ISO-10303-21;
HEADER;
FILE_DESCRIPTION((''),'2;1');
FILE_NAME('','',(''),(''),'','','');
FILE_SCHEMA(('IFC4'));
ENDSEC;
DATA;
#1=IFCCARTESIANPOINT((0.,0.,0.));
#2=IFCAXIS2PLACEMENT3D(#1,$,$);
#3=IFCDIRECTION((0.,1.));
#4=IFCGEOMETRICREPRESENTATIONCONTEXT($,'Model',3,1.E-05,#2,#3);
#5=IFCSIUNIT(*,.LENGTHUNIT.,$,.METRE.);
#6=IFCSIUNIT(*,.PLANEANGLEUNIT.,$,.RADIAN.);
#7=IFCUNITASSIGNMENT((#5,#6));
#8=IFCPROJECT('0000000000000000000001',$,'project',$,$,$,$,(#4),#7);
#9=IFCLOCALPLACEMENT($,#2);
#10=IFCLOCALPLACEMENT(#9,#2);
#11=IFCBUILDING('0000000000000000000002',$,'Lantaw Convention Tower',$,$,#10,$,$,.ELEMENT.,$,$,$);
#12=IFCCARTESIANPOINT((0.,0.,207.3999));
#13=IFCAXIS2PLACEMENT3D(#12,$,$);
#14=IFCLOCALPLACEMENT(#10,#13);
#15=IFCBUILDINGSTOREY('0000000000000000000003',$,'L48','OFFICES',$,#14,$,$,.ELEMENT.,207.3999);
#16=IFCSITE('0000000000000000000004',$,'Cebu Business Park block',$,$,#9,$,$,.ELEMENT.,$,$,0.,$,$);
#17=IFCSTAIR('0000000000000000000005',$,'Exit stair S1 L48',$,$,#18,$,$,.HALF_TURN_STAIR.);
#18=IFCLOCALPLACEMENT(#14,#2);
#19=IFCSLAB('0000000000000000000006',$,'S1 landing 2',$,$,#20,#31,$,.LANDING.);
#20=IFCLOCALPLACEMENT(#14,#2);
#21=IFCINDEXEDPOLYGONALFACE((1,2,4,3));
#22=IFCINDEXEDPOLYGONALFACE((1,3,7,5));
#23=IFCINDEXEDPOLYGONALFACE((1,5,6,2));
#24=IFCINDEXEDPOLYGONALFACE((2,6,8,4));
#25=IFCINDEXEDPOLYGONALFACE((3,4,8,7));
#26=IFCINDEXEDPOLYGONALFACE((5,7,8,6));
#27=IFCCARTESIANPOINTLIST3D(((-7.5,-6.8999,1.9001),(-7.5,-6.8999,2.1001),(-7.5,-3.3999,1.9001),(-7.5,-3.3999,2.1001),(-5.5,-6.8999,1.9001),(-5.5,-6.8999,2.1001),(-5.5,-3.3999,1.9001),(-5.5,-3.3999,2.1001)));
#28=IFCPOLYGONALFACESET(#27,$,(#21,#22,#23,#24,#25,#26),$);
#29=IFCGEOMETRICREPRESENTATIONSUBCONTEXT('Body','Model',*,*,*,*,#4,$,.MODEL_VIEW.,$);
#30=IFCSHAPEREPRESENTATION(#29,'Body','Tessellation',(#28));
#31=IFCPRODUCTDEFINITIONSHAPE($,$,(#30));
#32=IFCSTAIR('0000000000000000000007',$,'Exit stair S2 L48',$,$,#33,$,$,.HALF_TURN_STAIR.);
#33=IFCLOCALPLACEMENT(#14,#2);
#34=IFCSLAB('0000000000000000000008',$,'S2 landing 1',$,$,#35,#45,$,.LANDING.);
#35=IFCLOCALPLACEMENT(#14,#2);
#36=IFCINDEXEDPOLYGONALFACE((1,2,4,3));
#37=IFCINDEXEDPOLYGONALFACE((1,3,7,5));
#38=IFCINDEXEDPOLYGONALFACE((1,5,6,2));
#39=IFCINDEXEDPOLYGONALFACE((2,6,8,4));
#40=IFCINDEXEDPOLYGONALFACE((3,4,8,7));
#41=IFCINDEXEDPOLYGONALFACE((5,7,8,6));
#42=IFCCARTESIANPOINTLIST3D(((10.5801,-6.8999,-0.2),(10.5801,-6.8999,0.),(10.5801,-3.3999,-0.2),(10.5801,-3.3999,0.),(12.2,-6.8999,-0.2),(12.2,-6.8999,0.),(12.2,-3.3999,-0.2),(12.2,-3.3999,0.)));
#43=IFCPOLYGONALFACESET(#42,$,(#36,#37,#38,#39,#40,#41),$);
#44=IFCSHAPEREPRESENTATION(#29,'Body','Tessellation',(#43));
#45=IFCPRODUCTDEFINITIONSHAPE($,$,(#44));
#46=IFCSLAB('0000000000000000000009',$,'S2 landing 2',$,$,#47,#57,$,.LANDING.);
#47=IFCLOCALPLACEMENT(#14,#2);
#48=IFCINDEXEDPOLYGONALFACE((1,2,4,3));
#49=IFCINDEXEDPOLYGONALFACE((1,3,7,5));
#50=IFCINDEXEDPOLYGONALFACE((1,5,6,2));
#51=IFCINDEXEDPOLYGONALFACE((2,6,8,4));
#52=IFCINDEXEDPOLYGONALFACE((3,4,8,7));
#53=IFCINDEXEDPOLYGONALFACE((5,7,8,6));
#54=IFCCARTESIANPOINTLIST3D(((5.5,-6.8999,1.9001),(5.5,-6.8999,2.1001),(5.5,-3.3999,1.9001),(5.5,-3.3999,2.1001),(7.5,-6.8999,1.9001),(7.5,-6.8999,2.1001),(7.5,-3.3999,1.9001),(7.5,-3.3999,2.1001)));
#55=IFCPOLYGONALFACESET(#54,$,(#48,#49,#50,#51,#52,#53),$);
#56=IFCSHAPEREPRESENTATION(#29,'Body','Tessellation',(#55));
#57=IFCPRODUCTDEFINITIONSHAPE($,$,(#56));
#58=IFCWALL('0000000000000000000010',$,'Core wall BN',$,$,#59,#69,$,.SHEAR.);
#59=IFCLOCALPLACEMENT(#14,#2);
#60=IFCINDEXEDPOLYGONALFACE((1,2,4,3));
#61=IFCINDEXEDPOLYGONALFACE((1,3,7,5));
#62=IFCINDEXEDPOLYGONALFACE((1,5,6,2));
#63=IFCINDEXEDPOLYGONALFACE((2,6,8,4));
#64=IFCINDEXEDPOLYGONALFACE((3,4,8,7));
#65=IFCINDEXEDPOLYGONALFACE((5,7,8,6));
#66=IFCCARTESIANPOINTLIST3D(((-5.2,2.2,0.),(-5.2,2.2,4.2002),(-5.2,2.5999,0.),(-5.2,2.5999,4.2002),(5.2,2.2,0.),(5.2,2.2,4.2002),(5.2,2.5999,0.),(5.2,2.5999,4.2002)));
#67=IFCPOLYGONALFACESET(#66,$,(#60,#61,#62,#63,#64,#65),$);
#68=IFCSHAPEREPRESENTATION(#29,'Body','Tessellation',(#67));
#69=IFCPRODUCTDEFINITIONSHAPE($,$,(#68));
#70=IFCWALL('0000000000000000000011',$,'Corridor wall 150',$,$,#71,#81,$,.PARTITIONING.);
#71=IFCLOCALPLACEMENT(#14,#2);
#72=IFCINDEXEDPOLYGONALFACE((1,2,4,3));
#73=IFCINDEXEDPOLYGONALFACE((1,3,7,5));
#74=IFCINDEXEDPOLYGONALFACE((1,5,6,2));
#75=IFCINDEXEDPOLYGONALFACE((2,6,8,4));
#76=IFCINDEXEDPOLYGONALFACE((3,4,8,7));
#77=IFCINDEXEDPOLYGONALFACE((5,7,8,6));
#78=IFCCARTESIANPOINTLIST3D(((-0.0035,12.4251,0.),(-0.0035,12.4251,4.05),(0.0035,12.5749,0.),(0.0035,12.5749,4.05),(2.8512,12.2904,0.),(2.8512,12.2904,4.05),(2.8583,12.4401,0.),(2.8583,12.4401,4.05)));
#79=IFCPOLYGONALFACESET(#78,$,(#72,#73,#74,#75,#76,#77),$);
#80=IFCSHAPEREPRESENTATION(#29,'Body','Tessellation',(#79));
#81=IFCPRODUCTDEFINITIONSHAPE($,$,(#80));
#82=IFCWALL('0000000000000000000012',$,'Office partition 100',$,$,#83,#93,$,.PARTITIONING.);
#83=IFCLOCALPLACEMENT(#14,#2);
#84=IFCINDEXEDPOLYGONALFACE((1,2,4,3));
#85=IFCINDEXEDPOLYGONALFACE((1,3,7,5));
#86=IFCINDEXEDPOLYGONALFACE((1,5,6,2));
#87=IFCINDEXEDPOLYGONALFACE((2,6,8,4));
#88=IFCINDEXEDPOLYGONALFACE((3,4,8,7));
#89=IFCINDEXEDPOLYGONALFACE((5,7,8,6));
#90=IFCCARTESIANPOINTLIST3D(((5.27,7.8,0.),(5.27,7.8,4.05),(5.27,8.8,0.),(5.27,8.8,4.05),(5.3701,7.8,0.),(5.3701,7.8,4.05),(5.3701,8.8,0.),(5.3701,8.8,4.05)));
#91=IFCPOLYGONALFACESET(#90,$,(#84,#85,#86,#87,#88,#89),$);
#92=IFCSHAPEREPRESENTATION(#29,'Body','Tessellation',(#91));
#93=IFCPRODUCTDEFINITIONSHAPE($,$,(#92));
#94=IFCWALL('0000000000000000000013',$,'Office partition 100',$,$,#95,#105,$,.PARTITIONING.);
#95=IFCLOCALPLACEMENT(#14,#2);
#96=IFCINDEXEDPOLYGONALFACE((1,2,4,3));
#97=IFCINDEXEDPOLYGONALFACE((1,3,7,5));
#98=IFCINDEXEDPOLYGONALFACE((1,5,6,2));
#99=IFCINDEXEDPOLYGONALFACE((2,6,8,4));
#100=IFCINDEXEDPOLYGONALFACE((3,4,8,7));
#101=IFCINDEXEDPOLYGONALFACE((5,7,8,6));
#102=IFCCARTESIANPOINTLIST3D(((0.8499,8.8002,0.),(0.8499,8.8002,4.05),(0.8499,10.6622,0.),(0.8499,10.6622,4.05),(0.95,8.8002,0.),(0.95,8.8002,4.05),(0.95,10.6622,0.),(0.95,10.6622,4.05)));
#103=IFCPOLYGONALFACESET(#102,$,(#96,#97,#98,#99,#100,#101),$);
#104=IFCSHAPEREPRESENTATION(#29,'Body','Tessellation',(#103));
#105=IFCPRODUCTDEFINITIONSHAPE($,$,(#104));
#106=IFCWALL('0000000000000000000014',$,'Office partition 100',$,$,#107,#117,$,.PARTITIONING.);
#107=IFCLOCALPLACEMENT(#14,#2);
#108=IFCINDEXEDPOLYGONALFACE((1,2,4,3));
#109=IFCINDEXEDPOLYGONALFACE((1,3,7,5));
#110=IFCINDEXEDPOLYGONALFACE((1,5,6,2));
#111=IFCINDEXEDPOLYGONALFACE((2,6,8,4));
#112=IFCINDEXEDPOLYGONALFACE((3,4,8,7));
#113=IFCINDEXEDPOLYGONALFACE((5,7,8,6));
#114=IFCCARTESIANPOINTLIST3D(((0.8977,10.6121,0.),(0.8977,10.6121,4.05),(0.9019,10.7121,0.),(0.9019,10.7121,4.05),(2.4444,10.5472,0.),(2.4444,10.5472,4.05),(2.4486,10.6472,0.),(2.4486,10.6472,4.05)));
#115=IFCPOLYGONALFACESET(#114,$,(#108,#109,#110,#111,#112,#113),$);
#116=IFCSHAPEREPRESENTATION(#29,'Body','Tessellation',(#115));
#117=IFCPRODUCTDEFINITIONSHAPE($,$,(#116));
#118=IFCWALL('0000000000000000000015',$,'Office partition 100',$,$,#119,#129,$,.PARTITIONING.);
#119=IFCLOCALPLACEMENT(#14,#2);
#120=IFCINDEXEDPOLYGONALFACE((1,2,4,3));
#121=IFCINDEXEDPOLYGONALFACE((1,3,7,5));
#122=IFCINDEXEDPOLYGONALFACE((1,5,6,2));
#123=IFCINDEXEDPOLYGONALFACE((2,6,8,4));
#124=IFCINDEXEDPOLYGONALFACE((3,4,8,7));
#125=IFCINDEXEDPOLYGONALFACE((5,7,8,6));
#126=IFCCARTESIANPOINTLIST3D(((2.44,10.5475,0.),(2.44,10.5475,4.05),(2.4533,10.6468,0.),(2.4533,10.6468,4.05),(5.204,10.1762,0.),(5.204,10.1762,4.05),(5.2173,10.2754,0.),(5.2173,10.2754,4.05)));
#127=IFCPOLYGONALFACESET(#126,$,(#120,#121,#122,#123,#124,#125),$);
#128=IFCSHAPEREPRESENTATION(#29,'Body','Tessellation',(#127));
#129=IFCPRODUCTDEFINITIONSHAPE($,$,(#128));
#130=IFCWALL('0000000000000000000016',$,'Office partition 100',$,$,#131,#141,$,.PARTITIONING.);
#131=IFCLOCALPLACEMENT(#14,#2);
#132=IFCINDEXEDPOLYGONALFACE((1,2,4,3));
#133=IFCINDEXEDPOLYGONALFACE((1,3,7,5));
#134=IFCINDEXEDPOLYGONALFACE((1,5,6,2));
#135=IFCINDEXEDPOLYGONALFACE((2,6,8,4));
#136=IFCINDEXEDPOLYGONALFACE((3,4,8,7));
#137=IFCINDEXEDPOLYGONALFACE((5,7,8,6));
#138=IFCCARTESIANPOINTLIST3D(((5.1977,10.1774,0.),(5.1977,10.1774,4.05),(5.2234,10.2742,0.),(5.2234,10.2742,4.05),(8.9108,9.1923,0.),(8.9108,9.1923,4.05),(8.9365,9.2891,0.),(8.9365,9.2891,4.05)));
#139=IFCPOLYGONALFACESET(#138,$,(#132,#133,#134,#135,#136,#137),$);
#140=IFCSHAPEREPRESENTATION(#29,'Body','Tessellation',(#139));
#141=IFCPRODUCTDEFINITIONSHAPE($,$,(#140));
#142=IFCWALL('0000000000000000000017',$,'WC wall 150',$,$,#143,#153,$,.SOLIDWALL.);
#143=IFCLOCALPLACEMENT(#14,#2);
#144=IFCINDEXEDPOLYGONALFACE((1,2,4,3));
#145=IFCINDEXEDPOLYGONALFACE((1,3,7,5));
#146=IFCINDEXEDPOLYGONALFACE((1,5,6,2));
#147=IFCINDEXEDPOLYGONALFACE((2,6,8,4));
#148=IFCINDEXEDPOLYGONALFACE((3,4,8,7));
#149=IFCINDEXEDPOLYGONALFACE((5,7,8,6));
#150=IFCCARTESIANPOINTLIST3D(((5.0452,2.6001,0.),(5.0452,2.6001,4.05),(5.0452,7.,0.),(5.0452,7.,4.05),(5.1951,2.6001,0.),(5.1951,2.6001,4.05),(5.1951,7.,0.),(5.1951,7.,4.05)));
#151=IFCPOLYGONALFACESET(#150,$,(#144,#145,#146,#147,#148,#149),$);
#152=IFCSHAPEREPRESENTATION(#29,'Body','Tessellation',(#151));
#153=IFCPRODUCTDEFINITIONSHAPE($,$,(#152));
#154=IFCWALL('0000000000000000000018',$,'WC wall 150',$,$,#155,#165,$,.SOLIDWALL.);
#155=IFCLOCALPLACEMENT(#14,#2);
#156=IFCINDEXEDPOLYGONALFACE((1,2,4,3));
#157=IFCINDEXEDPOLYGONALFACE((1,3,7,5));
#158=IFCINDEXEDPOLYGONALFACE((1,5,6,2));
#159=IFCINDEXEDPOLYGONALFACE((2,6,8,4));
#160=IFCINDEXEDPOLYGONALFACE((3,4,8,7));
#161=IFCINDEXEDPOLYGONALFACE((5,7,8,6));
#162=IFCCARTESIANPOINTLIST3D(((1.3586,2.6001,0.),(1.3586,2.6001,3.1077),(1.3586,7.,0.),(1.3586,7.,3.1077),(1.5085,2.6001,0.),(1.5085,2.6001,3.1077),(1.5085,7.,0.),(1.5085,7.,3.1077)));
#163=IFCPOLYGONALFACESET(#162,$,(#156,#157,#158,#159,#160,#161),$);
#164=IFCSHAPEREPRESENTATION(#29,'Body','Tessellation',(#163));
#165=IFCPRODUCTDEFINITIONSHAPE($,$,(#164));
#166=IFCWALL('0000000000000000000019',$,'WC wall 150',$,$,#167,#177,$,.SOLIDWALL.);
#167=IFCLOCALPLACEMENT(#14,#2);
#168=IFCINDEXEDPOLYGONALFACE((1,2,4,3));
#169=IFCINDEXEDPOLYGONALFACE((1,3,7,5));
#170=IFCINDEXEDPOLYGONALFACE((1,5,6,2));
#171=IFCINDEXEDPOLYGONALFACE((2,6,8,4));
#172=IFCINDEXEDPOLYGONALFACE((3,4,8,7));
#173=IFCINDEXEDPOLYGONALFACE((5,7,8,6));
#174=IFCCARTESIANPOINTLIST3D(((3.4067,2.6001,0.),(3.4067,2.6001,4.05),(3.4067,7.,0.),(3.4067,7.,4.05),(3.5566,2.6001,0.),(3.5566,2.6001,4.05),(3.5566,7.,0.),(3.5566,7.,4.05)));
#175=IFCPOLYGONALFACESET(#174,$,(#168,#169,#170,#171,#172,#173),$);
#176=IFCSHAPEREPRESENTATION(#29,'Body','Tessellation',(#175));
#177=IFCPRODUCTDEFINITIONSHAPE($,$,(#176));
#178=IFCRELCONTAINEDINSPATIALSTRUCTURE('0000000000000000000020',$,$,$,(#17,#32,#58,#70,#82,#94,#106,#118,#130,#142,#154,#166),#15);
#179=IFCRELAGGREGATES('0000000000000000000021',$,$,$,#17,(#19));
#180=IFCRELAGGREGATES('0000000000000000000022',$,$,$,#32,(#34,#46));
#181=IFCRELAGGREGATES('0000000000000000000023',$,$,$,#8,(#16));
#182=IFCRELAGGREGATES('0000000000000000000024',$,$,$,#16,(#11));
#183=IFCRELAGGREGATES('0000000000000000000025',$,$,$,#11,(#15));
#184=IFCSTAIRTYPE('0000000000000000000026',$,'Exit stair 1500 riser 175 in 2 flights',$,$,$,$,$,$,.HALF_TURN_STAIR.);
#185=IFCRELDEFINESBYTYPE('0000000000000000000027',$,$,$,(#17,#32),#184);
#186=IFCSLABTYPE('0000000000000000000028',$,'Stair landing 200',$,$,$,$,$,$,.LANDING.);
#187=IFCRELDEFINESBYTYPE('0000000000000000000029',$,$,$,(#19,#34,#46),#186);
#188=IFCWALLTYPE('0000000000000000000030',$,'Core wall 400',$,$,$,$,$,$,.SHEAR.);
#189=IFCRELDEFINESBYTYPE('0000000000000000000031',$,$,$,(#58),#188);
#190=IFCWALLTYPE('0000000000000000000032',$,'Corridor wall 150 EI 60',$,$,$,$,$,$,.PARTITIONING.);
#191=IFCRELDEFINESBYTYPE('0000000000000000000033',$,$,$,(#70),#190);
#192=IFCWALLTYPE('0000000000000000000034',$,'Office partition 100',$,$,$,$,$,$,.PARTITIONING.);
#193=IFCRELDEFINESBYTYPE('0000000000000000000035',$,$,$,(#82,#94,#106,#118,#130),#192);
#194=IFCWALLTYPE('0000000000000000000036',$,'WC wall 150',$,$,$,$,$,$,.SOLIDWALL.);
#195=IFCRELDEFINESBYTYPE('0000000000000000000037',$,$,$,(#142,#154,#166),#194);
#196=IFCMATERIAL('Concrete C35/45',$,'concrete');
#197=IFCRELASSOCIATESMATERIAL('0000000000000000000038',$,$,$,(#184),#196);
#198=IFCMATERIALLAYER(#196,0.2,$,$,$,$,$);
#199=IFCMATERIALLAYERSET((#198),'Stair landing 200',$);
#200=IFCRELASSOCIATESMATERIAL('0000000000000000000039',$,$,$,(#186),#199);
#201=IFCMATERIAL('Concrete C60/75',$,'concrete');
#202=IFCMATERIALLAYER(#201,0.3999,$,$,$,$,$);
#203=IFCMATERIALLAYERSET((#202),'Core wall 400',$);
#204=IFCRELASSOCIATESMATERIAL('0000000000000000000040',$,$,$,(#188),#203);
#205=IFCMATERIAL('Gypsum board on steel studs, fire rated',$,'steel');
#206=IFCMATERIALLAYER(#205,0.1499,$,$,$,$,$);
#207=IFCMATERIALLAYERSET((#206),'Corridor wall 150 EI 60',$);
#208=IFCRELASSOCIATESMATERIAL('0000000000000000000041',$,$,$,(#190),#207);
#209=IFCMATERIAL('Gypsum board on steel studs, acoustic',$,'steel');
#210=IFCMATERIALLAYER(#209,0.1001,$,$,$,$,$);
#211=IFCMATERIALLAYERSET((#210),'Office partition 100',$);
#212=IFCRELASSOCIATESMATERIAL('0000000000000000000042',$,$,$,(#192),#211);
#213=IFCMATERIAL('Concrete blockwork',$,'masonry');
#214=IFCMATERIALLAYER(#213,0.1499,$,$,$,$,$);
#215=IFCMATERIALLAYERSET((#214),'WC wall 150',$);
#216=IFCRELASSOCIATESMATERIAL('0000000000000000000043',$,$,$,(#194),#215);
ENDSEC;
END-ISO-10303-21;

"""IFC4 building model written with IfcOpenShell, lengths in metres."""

from ifc_helpers import new_model, si_unit, direction, frame, frame_2d, origin, place, context, subcontext, project, spatial, polyline, rectangle, outline, extrude, material, layer, layer_set, type_object, element, aggregate, save


model = new_model("IFC4")

# Units and contexts
model_context = context("Model", 3, precision=1e-05, world=origin(), true_north=direction((0.0, 1.0)))
body_context = subcontext(model_context, "Body", "Model", "MODEL_VIEW")
ifc_project = project(units=[si_unit("LENGTHUNIT", "METRE"), si_unit("PLANEANGLEUNIT", "RADIAN")], contexts=[model_context])

# Site, building, storey
site_placement = place(None, origin())
site = spatial("IfcSite", under=ifc_project, at=site_placement, Name="Cebu Business Park block", CompositionType="ELEMENT", RefElevation=0.0)
building_placement = place(site_placement, origin())
building = spatial("IfcBuilding", under=site, at=building_placement, Name="Lantaw Convention Tower", CompositionType="ELEMENT")
storey_placement = place(building_placement, frame((0.0, 0.0, 207.3999)))
storey = spatial("IfcBuildingStorey", under=building, at=storey_placement, Name="L48", Description="OFFICES", CompositionType="ELEMENT", Elevation=207.3999)

# Stair, slab
ifc_material_1 = material(Name="Concrete C35/45", Category="concrete")
stair_type = type_object("IfcStairType", Name="Exit stair 1500 riser 175 in 2 flights", PredefinedType="HALF_TURN_STAIR", material=ifc_material_1)
stair_1_placement = place(storey_placement, origin())
stair_1 = element("IfcStair", 1, at=stair_1_placement, inside=storey, type_object=stair_type, Name="Exit stair S1 L48", PredefinedType="HALF_TURN_STAIR")
ifc_layer_1 = layer(ifc_material_1, 0.2)
ifc_layer_set_1 = layer_set([ifc_layer_1], Name="Stair landing 200")
slab_type = type_object("IfcSlabType", Name="Stair landing 200", PredefinedType="LANDING", material=ifc_layer_set_1)
slab_1_placement = place(storey_placement, frame((0.0, 0.0, 1.9001)))
slab_1 = element("IfcSlab", 2, at=slab_1_placement, type_object=slab_type, Name="S1 landing 2", PredefinedType="LANDING", context=body_context, shape_type="SweptSolid", body=[
    extrude(outline(polyline([(-7.5, -6.8999), (-5.5, -6.8999), (-5.5, -3.3999), (-7.5, -3.3999), (-7.5, -6.8999)])), origin(), (0.0, 0.0, 1.0), 0.2),
])
aggregate(stair_1, [slab_1])

# Stair, slabs
stair_2_placement = place(storey_placement, origin())
stair_2 = element("IfcStair", 3, at=stair_2_placement, inside=storey, type_object=stair_type, Name="Exit stair S2 L48", PredefinedType="HALF_TURN_STAIR")
slab_2_placement = place(storey_placement, frame((0.0, 0.0, -0.2)))
slab_2 = element("IfcSlab", 4, at=slab_2_placement, type_object=slab_type, Name="S2 landing 1", PredefinedType="LANDING", context=body_context, shape_type="SweptSolid", body=[
    extrude(outline(polyline([(10.5801, -6.8999), (12.2, -6.8999), (12.2, -3.3999), (10.5801, -3.3999), (10.5801, -6.8999)])), origin(), (0.0, 0.0, 1.0), 0.2),
])
slab_3_placement = place(storey_placement, frame((0.0, 0.0, 1.9001)))
slab_3 = element("IfcSlab", 5, at=slab_3_placement, type_object=slab_type, Name="S2 landing 2", PredefinedType="LANDING", context=body_context, shape_type="SweptSolid", body=[
    extrude(outline(polyline([(5.5, -6.8999), (7.5, -6.8999), (7.5, -3.3999), (5.5, -3.3999), (5.5, -6.8999)])), origin(), (0.0, 0.0, 1.0), 0.2),
])
aggregate(stair_2, [slab_2, slab_3])

# Walls
ifc_material_2 = material(Name="Concrete C60/75", Category="concrete")
ifc_layer_2 = layer(ifc_material_2, 0.3999)
ifc_layer_set_2 = layer_set([ifc_layer_2], Name="Core wall 400")
wall_type_1 = type_object("IfcWallType", Name="Core wall 400", PredefinedType="SHEAR", material=ifc_layer_set_2)
wall_1_placement = place(storey_placement, frame((5.2, 2.3999, 0.0), z_axis=(0.0, 0.0, 1.0), x_axis=(-1.0, 0.0, 0.0)))
element("IfcWall", 6, at=wall_1_placement, inside=storey, type_object=wall_type_1, Name="Core wall BN", PredefinedType="SHEAR", context=body_context, shape_type="SweptSolid", body=[
    extrude(rectangle(XDim=10.3999, YDim=0.3999, at=frame_2d((5.2, 0.0))), origin(), (0.0, 0.0, 1.0), 4.2002),
])
ifc_material_3 = material(Name="Gypsum board on steel studs, fire rated", Category="steel")
ifc_layer_3 = layer(ifc_material_3, 0.1499)
ifc_layer_set_3 = layer_set([ifc_layer_3], Name="Corridor wall 150 EI 60")
wall_type_2 = type_object("IfcWallType", Name="Corridor wall 150 EI 60", PredefinedType="PARTITIONING", material=ifc_layer_set_3)
wall_2_placement = place(storey_placement, frame((2.8547, 12.3652, 0.0), z_axis=(0.0, 0.0, 1.0), x_axis=(-0.998888, 0.047155, 0.0)))
element("IfcWall", 7, at=wall_2_placement, inside=storey, type_object=wall_type_2, Name="Corridor wall 150", PredefinedType="PARTITIONING", context=body_context, shape_type="SweptSolid", body=[
    extrude(rectangle(XDim=2.8579, YDim=0.1499, at=frame_2d((1.429, 0.0))), origin(), (0.0, 0.0, 1.0), 4.05),
])
ifc_material_4 = material(Name="Gypsum board on steel studs, acoustic", Category="steel")
ifc_layer_4 = layer(ifc_material_4, 0.1001)
ifc_layer_set_4 = layer_set([ifc_layer_4], Name="Office partition 100")
wall_type_3 = type_object("IfcWallType", Name="Office partition 100", PredefinedType="PARTITIONING", material=ifc_layer_set_4)
wall_3_placement = place(storey_placement, frame((5.3201, 7.8, 0.0), z_axis=(0.0, 0.0, 1.0), x_axis=(0.0, 1.0, 0.0)))
element("IfcWall", 8, at=wall_3_placement, inside=storey, type_object=wall_type_3, Name="Office partition 100", PredefinedType="PARTITIONING", context=body_context, shape_type="SweptSolid", body=[
    extrude(rectangle(XDim=1.0, YDim=0.1001, at=frame_2d((0.5, 0.0))), origin(), (0.0, 0.0, 1.0), 4.05),
])
wall_4_placement = place(storey_placement, frame((0.8999, 8.8, 0.0), z_axis=(0.0, 0.0, 1.0), x_axis=(0.0, 1.0, 0.0)))
element("IfcWall", 9, at=wall_4_placement, inside=storey, type_object=wall_type_3, Name="Office partition 100", PredefinedType="PARTITIONING", context=body_context, shape_type="SweptSolid", body=[
    extrude(rectangle(XDim=1.8621, YDim=0.1001, at=frame_2d((0.9312, 0.0))), origin(), (0.0, 0.0, 1.0), 4.05),
])
wall_5_placement = place(storey_placement, frame((0.8999, 10.6621, 0.0), z_axis=(0.0, 0.0, 1.0), x_axis=(0.99912, -0.041952, 0.0)))
element("IfcWall", 10, at=wall_5_placement, inside=storey, type_object=wall_type_3, Name="Office partition 100", PredefinedType="PARTITIONING", context=body_context, shape_type="SweptSolid", body=[
    extrude(rectangle(XDim=1.5481, YDim=0.1001, at=frame_2d((0.7739, 0.0))), origin(), (0.0, 0.0, 1.0), 4.05),
])
wall_6_placement = place(storey_placement, frame((2.4465, 10.5972, 0.0), z_axis=(0.0, 0.0, 1.0), x_axis=(0.991095, -0.133156, 0.0)))
element("IfcWall", 11, at=wall_6_placement, inside=storey, type_object=wall_type_3, Name="Office partition 100", PredefinedType="PARTITIONING", context=body_context, shape_type="SweptSolid", body=[
    extrude(rectangle(XDim=2.7888, YDim=0.1001, at=frame_2d((1.3945, 0.0))), origin(), (0.0, 0.0, 1.0), 4.05),
])
wall_7_placement = place(storey_placement, frame((5.2104, 10.2258, 0.0), z_axis=(0.0, 0.0, 1.0), x_axis=(0.966562, -0.256432, 0.0)))
element("IfcWall", 12, at=wall_7_placement, inside=storey, type_object=wall_type_3, Name="Office partition 100", PredefinedType="PARTITIONING", context=body_context, shape_type="SweptSolid", body=[
    extrude(rectangle(XDim=3.8416, YDim=0.1001, at=frame_2d((1.9209, 0.0))), origin(), (0.0, 0.0, 1.0), 4.05),
])
ifc_material_5 = material(Name="Concrete blockwork", Category="masonry")
ifc_layer_5 = layer(ifc_material_5, 0.1499)
ifc_layer_set_5 = layer_set([ifc_layer_5], Name="WC wall 150")
wall_type_4 = type_object("IfcWallType", Name="WC wall 150", PredefinedType="SOLIDWALL", material=ifc_layer_set_5)
wall_8_placement = place(storey_placement, frame((5.1201, 2.6001, 0.0), z_axis=(0.0, 0.0, 1.0), x_axis=(0.0, 1.0, 0.0)))
element("IfcWall", 13, at=wall_8_placement, inside=storey, type_object=wall_type_4, Name="WC wall 150", PredefinedType="SOLIDWALL", context=body_context, shape_type="SweptSolid", body=[
    extrude(rectangle(XDim=4.3999, YDim=0.1499, at=frame_2d((2.2, 0.0))), origin(), (0.0, 0.0, 1.0), 4.05),
])
wall_9_placement = place(storey_placement, frame((1.4336, 2.6001, 0.0), z_axis=(0.0, 0.0, 1.0), x_axis=(0.0, 1.0, 0.0)))
element("IfcWall", 14, at=wall_9_placement, inside=storey, type_object=wall_type_4, Name="WC wall 150", PredefinedType="SOLIDWALL", context=body_context, shape_type="SweptSolid", body=[
    extrude(rectangle(XDim=4.3999, YDim=0.1499, at=frame_2d((2.2, 0.0))), origin(), (0.0, 0.0, 1.0), 3.1077),
])
wall_10_placement = place(storey_placement, frame((3.4817, 2.6001, 0.0), z_axis=(0.0, 0.0, 1.0), x_axis=(0.0, 1.0, 0.0)))
element("IfcWall", 15, at=wall_10_placement, inside=storey, type_object=wall_type_4, Name="WC wall 150", PredefinedType="SOLIDWALL", context=body_context, shape_type="SweptSolid", body=[
    extrude(rectangle(XDim=4.3999, YDim=0.1499, at=frame_2d((2.2, 0.0))), origin(), (0.0, 0.0, 1.0), 4.05),
])

save(model, "model.ifc")
